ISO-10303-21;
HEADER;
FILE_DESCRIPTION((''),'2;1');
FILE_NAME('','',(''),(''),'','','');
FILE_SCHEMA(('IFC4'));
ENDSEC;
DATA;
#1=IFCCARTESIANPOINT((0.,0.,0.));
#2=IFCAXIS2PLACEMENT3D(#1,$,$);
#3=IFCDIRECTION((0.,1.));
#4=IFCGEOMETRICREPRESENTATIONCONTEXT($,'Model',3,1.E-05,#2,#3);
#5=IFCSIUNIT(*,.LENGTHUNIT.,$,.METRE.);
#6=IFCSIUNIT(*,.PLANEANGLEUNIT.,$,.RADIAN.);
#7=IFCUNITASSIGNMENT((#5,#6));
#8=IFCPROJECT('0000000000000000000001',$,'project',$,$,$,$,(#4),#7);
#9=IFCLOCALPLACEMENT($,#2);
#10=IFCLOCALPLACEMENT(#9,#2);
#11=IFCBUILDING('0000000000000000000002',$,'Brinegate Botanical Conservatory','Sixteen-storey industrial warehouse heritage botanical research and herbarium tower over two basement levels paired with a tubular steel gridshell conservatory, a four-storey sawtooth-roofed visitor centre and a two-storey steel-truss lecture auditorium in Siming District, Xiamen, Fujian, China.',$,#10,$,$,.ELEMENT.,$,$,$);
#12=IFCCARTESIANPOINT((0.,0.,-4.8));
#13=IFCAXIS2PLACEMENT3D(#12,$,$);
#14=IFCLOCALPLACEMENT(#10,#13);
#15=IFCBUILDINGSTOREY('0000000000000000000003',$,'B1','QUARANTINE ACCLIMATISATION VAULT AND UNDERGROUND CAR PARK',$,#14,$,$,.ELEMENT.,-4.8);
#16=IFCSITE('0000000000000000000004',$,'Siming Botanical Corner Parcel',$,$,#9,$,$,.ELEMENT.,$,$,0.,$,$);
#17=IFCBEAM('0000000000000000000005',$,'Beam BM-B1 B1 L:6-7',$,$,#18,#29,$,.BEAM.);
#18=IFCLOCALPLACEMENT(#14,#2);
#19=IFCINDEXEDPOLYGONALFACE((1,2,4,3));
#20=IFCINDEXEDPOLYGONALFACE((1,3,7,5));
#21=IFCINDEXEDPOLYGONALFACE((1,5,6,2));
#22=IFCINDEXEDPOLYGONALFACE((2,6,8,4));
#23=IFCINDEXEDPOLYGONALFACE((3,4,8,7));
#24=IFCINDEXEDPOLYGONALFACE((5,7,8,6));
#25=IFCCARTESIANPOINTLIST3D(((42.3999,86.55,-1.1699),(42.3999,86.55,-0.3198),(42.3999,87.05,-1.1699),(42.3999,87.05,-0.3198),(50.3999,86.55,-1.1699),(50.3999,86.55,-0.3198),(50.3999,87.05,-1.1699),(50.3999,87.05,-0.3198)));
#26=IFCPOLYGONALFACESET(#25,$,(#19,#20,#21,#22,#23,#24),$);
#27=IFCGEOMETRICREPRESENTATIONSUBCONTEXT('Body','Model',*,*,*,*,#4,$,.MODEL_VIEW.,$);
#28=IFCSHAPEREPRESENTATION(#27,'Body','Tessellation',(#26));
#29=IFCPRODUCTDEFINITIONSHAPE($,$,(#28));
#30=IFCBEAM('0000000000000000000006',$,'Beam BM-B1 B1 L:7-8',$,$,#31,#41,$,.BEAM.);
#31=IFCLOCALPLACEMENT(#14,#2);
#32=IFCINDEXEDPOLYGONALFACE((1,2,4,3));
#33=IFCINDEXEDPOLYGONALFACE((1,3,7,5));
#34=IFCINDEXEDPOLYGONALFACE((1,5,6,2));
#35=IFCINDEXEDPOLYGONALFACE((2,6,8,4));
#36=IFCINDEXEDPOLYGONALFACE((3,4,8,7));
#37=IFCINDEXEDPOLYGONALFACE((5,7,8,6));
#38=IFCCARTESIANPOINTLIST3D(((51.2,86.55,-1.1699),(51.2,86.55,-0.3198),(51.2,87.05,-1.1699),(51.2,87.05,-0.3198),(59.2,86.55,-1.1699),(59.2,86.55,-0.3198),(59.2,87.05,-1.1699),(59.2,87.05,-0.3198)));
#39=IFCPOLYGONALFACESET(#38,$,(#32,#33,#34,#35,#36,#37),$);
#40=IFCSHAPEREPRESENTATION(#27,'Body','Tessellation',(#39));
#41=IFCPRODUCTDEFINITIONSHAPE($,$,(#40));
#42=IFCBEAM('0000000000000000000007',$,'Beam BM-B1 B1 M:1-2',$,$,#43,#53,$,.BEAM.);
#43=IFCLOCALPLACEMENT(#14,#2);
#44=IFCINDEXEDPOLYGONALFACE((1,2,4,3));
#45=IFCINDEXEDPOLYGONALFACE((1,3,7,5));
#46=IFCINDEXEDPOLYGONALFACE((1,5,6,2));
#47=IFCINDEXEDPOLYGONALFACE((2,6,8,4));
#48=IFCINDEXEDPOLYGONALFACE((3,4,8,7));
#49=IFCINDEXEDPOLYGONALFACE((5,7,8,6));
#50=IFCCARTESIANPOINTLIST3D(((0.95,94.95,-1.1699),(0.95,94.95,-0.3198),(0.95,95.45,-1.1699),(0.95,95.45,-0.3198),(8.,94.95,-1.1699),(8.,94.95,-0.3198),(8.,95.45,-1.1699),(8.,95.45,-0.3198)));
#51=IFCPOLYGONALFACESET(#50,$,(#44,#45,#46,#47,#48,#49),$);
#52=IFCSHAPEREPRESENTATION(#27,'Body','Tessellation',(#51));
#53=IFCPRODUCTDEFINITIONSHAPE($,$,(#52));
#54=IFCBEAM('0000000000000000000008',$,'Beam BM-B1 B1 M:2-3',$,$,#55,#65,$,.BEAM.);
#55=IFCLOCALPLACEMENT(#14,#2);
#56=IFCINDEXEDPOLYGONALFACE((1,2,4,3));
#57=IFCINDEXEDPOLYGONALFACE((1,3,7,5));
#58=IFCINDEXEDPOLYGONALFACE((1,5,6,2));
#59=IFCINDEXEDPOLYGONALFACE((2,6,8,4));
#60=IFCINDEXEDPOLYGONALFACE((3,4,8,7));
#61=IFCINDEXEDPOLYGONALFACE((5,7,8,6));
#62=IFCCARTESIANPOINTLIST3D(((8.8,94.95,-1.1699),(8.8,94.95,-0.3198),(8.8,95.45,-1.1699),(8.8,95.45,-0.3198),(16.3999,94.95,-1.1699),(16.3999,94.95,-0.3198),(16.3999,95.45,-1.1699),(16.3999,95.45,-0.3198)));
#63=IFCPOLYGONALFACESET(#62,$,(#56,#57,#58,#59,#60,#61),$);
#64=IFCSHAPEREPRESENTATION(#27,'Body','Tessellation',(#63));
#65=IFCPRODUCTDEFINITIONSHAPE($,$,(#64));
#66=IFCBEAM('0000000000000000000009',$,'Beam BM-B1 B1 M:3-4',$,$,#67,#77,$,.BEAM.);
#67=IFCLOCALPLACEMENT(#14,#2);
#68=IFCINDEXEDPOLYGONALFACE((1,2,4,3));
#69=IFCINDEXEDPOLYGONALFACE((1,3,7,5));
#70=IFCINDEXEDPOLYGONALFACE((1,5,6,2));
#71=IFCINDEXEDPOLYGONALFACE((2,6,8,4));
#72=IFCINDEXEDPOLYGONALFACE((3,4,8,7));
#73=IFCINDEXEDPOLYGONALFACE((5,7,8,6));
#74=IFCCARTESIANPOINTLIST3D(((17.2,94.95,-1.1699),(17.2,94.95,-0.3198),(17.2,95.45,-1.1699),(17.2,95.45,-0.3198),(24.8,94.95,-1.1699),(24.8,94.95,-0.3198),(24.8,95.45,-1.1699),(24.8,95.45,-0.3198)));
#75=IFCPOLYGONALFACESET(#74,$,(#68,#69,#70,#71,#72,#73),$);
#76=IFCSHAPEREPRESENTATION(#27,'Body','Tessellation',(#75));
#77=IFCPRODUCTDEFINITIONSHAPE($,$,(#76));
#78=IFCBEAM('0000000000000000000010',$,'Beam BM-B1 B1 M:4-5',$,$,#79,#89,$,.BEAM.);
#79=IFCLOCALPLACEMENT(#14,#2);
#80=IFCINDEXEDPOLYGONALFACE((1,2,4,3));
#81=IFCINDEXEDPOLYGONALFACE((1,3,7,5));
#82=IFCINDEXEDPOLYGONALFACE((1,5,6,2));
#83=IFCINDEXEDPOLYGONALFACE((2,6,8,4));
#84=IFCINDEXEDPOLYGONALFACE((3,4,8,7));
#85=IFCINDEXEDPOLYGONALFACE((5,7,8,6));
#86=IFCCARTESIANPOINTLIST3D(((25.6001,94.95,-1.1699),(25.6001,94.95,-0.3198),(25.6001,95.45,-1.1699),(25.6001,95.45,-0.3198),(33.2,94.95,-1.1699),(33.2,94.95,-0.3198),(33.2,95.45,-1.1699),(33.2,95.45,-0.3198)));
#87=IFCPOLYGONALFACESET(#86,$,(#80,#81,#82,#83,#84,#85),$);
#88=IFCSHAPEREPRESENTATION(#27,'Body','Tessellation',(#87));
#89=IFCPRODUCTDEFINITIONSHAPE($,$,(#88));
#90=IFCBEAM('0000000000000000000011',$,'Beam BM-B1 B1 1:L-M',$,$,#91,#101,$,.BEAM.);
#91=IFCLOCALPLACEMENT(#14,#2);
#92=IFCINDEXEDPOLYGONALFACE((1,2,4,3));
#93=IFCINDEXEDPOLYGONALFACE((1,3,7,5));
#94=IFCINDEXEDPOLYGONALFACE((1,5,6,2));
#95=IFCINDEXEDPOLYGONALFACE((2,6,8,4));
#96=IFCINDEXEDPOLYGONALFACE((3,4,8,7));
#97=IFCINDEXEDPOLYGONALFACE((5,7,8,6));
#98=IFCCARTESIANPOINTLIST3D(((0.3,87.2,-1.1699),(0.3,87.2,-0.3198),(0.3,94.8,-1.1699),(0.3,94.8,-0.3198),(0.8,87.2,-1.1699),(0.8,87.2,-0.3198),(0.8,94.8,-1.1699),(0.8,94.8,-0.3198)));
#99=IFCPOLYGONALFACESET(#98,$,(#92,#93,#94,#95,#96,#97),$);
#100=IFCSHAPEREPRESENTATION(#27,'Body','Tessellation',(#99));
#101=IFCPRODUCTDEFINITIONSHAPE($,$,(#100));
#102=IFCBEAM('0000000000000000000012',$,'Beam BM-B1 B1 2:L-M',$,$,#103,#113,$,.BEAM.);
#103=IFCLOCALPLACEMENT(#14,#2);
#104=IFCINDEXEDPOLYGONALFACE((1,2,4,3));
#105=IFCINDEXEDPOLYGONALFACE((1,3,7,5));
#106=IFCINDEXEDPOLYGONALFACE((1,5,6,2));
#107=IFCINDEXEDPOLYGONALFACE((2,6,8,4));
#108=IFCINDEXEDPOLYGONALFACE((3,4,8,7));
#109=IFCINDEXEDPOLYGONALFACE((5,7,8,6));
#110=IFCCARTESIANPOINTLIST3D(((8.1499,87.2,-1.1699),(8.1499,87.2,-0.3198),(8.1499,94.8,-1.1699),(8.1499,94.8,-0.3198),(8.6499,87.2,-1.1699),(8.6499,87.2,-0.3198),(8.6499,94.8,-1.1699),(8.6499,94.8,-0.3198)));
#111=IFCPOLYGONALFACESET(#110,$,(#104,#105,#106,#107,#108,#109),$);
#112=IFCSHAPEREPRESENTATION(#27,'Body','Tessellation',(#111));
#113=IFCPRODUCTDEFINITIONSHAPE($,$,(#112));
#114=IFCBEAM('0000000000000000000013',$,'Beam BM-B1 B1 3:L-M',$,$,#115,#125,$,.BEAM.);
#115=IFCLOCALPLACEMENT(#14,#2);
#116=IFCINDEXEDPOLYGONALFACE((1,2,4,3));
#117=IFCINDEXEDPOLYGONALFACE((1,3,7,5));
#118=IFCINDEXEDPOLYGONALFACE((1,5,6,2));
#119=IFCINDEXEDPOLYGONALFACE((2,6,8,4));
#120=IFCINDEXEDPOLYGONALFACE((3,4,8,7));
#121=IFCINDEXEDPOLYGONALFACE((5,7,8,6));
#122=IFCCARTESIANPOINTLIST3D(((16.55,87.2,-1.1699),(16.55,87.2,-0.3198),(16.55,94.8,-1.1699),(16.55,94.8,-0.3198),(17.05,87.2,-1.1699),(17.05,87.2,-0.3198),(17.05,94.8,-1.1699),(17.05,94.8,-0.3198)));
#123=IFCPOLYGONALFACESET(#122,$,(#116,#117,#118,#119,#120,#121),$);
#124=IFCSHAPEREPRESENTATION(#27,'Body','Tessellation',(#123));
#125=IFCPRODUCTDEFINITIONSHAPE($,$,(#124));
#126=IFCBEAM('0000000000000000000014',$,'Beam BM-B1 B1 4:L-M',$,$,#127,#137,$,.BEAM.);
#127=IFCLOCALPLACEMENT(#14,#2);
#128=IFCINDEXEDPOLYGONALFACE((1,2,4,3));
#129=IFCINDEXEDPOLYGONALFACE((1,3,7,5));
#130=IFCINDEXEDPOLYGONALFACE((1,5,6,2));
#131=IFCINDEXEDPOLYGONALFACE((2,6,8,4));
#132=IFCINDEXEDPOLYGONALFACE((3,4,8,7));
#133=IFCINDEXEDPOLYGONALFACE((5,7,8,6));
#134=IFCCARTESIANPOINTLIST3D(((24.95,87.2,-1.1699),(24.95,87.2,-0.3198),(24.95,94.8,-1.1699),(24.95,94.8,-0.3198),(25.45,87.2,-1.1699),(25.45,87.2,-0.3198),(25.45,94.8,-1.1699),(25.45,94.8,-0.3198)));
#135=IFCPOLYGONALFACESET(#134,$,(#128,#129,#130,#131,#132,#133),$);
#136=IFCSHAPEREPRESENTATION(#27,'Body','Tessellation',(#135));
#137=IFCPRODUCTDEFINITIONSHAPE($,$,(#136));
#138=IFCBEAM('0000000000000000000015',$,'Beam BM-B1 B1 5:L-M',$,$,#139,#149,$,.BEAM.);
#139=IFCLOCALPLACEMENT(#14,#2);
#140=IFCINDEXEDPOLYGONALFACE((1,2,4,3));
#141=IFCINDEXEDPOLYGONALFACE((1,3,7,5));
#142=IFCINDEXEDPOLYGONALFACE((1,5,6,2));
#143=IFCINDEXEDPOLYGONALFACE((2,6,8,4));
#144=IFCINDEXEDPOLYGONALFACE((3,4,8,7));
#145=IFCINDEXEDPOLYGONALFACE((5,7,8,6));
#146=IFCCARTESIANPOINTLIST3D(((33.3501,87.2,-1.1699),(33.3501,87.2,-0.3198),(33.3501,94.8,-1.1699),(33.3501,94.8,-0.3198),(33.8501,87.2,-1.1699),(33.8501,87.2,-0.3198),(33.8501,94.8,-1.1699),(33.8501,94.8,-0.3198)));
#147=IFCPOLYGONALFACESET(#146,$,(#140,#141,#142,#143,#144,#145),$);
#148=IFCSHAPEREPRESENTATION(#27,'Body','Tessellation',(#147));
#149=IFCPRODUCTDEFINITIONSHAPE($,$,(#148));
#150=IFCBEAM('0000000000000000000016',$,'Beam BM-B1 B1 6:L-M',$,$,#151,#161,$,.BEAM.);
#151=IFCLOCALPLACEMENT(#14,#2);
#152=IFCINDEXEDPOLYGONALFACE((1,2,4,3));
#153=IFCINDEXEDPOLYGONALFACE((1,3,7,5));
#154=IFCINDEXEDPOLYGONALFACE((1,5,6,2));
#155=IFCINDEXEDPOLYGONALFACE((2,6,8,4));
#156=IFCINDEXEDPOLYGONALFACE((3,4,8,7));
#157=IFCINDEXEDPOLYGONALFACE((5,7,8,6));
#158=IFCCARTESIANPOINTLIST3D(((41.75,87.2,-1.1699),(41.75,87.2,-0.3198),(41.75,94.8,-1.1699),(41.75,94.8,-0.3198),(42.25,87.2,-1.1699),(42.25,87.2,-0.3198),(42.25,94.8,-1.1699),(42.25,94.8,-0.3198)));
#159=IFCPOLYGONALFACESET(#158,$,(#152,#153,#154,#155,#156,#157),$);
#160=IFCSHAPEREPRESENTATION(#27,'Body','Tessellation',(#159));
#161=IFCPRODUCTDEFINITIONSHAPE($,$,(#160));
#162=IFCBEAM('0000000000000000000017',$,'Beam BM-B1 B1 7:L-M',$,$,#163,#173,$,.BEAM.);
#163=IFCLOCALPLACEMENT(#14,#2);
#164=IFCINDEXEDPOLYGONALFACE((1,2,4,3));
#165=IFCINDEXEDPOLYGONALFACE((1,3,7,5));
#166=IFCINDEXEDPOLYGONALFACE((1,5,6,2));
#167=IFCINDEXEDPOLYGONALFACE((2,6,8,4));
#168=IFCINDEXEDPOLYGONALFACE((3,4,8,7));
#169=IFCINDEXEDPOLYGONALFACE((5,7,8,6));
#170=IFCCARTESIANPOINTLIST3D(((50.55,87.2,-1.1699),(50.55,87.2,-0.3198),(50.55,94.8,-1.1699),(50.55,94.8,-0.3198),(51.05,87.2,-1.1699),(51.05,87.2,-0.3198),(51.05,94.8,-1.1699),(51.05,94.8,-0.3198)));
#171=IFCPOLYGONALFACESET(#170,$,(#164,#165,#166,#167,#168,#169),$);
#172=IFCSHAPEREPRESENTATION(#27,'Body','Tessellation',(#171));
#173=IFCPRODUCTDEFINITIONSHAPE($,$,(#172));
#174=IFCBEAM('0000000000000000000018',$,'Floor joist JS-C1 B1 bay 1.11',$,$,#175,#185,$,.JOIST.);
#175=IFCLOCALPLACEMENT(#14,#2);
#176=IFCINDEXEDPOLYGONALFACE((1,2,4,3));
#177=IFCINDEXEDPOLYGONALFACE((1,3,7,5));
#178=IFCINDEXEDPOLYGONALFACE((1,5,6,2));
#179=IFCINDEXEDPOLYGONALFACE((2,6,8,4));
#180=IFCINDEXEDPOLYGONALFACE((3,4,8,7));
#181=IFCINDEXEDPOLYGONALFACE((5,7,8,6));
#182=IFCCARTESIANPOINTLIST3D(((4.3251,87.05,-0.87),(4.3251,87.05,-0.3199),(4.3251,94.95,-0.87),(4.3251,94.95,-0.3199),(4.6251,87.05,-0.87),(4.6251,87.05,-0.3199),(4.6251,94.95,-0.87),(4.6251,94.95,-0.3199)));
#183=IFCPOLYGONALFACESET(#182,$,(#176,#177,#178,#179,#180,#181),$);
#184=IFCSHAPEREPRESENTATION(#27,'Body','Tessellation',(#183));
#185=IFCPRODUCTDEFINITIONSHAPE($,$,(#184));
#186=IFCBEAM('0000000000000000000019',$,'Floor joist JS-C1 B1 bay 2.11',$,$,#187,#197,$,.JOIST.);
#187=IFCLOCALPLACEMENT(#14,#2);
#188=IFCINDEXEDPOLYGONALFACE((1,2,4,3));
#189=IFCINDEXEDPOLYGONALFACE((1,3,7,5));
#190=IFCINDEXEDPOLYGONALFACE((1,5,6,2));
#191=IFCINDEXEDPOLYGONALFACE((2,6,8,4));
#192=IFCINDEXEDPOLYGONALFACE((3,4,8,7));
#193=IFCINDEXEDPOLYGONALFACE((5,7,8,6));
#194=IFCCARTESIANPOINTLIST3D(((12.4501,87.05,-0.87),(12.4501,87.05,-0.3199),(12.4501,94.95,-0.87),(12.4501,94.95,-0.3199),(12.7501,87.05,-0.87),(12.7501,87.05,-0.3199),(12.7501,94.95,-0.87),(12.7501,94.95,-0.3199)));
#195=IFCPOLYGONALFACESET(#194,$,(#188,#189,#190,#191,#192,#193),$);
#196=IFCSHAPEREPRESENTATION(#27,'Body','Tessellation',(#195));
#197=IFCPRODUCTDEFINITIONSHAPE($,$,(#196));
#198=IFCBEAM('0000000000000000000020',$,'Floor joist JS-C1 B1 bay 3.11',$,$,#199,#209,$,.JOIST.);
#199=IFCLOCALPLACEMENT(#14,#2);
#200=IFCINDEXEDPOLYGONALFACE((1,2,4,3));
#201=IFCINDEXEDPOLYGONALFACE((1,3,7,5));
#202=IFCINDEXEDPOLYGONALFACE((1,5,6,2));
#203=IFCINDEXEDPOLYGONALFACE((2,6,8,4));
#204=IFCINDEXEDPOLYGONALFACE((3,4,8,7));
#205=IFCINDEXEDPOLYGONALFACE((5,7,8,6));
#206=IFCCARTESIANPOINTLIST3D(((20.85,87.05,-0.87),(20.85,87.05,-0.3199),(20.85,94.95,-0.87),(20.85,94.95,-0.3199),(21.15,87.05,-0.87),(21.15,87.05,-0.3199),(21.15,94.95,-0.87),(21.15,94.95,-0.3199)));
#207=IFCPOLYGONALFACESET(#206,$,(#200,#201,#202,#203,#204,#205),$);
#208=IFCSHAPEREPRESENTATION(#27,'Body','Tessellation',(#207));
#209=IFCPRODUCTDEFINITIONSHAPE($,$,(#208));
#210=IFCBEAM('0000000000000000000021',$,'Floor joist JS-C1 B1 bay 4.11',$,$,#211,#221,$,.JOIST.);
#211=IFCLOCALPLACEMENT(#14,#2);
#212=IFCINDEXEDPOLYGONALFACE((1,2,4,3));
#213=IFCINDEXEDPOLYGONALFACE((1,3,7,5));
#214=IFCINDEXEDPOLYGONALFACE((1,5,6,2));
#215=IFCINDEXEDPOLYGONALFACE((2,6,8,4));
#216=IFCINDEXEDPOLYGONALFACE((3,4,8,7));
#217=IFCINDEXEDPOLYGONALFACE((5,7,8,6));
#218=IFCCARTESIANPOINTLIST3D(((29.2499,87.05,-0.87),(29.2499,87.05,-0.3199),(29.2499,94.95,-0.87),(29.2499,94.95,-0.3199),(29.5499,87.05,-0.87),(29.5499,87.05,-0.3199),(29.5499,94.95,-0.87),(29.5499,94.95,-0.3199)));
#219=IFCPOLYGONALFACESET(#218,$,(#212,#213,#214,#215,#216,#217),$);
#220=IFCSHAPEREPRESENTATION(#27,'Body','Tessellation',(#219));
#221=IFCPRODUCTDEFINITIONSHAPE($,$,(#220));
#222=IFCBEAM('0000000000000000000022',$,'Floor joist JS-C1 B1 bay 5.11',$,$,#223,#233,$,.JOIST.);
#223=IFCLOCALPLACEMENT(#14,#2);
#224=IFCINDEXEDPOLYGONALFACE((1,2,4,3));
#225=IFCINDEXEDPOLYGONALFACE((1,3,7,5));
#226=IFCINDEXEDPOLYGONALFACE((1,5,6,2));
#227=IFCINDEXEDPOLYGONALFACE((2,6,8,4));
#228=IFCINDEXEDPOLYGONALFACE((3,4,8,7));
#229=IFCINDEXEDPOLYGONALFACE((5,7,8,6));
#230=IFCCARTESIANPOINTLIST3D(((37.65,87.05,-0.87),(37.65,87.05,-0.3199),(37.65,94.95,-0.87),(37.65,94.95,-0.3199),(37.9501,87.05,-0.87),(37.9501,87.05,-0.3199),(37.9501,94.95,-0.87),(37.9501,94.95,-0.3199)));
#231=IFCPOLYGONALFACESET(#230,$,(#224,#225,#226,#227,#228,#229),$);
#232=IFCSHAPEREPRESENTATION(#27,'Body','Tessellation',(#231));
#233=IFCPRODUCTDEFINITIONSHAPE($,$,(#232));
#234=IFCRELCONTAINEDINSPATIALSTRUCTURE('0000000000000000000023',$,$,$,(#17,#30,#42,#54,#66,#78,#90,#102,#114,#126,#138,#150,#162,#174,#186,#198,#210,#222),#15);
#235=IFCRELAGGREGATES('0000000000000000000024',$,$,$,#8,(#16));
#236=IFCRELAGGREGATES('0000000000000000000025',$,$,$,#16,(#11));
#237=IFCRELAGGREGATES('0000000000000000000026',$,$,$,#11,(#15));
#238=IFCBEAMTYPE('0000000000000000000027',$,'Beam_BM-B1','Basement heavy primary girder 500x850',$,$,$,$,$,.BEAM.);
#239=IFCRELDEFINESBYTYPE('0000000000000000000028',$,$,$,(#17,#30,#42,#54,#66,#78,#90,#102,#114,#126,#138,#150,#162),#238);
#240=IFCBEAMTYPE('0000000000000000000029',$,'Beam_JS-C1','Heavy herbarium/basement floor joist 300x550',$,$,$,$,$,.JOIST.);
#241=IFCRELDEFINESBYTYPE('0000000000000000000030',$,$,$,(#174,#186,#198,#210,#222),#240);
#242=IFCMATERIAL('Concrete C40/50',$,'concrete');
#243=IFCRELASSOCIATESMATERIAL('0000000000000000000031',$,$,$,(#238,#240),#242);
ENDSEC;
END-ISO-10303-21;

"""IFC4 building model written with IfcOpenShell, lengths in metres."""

from ifc_helpers import new_model, si_unit, direction, frame, origin, origin_2d, place, context, subcontext, project, spatial, rectangle, extrude, material, material_profile, profile_set, type_object, element, save


model = new_model("IFC4")

# Units and contexts
model_context = context("Model", 3, precision=1e-05, world=origin(), true_north=direction((0.0, 1.0)))
body_context = subcontext(model_context, "Body", "Model", "MODEL_VIEW")
ifc_project = project(units=[si_unit("LENGTHUNIT", "METRE"), si_unit("PLANEANGLEUNIT", "RADIAN")], contexts=[model_context])

# Site, building, storey
site_placement = place(None, origin())
site = spatial("IfcSite", under=ifc_project, at=site_placement, Name="Siming Botanical Corner Parcel", CompositionType="ELEMENT", RefElevation=0.0)
building_placement = place(site_placement, origin())
building = spatial("IfcBuilding", under=site, at=building_placement, Name="Brinegate Botanical Conservatory", Description="Sixteen-storey industrial warehouse heritage botanical research and herbarium tower over two basement levels paired with a tubular steel gridshell conservatory, a four-storey sawtooth-roofed visitor centre and a two-storey steel-truss lecture auditorium in Siming District, Xiamen, Fujian, China.", CompositionType="ELEMENT")
storey_placement = place(building_placement, frame((0.0, 0.0, -4.8)))
storey = spatial("IfcBuildingStorey", under=building, at=storey_placement, Name="B1", Description="QUARANTINE ACCLIMATISATION VAULT AND UNDERGROUND CAR PARK", CompositionType="ELEMENT", Elevation=-4.8)

# Shared definitions
ifc_material_1 = material(Name="Concrete C40/50", Category="concrete")

# Beams
ifc_material_profile_1 = material_profile(ifc_material_1, rectangle(XDim=0.5, YDim=0.8501, at=origin_2d()), Name="RC BM 500x850")
ifc_profile_set_1 = profile_set([ifc_material_profile_1], Name="Concrete C40/50")
beam_type_1 = type_object("IfcBeamType", Name="Beam_BM-B1", Description="Basement heavy primary girder 500x850", PredefinedType="BEAM", material=ifc_profile_set_1)
for number, where, z_axis, x_axis, name in (
    (1, (42.3999, 86.8, -0.7449), (1.0, 0.0, 0.0), (0.0, 1.0, 0.0), "Beam BM-B1 B1 L:6-7"),
    (2, (51.2, 86.8, -0.7449), (1.0, 0.0, 0.0), (0.0, 1.0, 0.0), "Beam BM-B1 B1 L:7-8"),
):
    element("IfcBeam", number, at=place(storey_placement, frame(where, z_axis=z_axis, x_axis=x_axis)), inside=storey, type_object=beam_type_1, Name=name, PredefinedType="BEAM", context=body_context, shape_type="SweptSolid", body=[
        extrude(rectangle(XDim=0.5, YDim=0.8501, at=origin_2d()), origin(), (0.0, 0.0, 1.0), 8.0),
    ])
beam_1_placement = place(storey_placement, frame((0.95, 95.2, -0.7449), z_axis=(1.0, 0.0, 0.0), x_axis=(0.0, 1.0, 0.0)))
element("IfcBeam", 3, at=beam_1_placement, inside=storey, type_object=beam_type_1, Name="Beam BM-B1 B1 M:1-2", PredefinedType="BEAM", context=body_context, shape_type="SweptSolid", body=[
    extrude(rectangle(XDim=0.5, YDim=0.8501, at=origin_2d()), origin(), (0.0, 0.0, 1.0), 7.05),
])
beam_2_placement = place(storey_placement, frame((8.8, 95.2, -0.7449), z_axis=(1.0, 0.0, 0.0), x_axis=(0.0, 1.0, 0.0)))
element("IfcBeam", 4, at=beam_2_placement, inside=storey, type_object=beam_type_1, Name="Beam BM-B1 B1 M:2-3", PredefinedType="BEAM", context=body_context, shape_type="SweptSolid", body=[
    extrude(rectangle(XDim=0.5, YDim=0.8501, at=origin_2d()), origin(), (0.0, 0.0, 1.0), 7.5999),
])
beam_3_placement = place(storey_placement, frame((17.2, 95.2, -0.7449), z_axis=(1.0, 0.0, 0.0), x_axis=(0.0, 1.0, 0.0)))
element("IfcBeam", 5, at=beam_3_placement, inside=storey, type_object=beam_type_1, Name="Beam BM-B1 B1 M:3-4", PredefinedType="BEAM", context=body_context, shape_type="SweptSolid", body=[
    extrude(rectangle(XDim=0.5, YDim=0.8501, at=origin_2d()), origin(), (0.0, 0.0, 1.0), 7.6001),
])
beam_4_placement = place(storey_placement, frame((25.6001, 95.2, -0.7449), z_axis=(1.0, 0.0, 0.0), x_axis=(0.0, 1.0, 0.0)))
element("IfcBeam", 6, at=beam_4_placement, inside=storey, type_object=beam_type_1, Name="Beam BM-B1 B1 M:4-5", PredefinedType="BEAM", context=body_context, shape_type="SweptSolid", body=[
    extrude(rectangle(XDim=0.5, YDim=0.8501, at=origin_2d()), origin(), (0.0, 0.0, 1.0), 7.5999),
])
for number, where, z_axis, x_axis, name in (
    (7, (0.55, 87.2, -0.7449), (0.0, 1.0, 0.0), (-1.0, 0.0, 0.0), "Beam BM-B1 B1 1:L-M"),
    (8, (8.3999, 87.2, -0.7449), (0.0, 1.0, 0.0), (-1.0, 0.0, 0.0), "Beam BM-B1 B1 2:L-M"),
    (9, (16.8, 87.2, -0.7449), (0.0, 1.0, 0.0), (-1.0, 0.0, 0.0), "Beam BM-B1 B1 3:L-M"),
    (10, (25.2, 87.2, -0.7449), (0.0, 1.0, 0.0), (-1.0, 0.0, 0.0), "Beam BM-B1 B1 4:L-M"),
    (11, (33.6001, 87.2, -0.7449), (0.0, 1.0, 0.0), (-1.0, 0.0, 0.0), "Beam BM-B1 B1 5:L-M"),
    (12, (42.0, 87.2, -0.7449), (0.0, 1.0, 0.0), (-1.0, 0.0, 0.0), "Beam BM-B1 B1 6:L-M"),
    (13, (50.8, 87.2, -0.7449), (0.0, 1.0, 0.0), (-1.0, 0.0, 0.0), "Beam BM-B1 B1 7:L-M"),
):
    element("IfcBeam", number, at=place(storey_placement, frame(where, z_axis=z_axis, x_axis=x_axis)), inside=storey, type_object=beam_type_1, Name=name, PredefinedType="BEAM", context=body_context, shape_type="SweptSolid", body=[
        extrude(rectangle(XDim=0.5, YDim=0.8501, at=origin_2d()), origin(), (0.0, 0.0, 1.0), 7.6001),
    ])
ifc_material_profile_2 = material_profile(ifc_material_1, rectangle(XDim=0.3, YDim=0.55, at=origin_2d()), Name="RC JST 300x550")
ifc_profile_set_2 = profile_set([ifc_material_profile_2], Name="Concrete C40/50")
beam_type_2 = type_object("IfcBeamType", Name="Beam_JS-C1", Description="Heavy herbarium/basement floor joist 300x550", PredefinedType="JOIST", material=ifc_profile_set_2)
for number, where, z_axis, x_axis, name in (
    (14, (4.4751, 87.05, -0.595), (0.0, 1.0, 0.0), (-1.0, 0.0, 0.0), "Floor joist JS-C1 B1 bay 1.11"),
    (15, (12.6001, 87.05, -0.595), (0.0, 1.0, 0.0), (-1.0, 0.0, 0.0), "Floor joist JS-C1 B1 bay 2.11"),
    (16, (21.0, 87.05, -0.595), (0.0, 1.0, 0.0), (-1.0, 0.0, 0.0), "Floor joist JS-C1 B1 bay 3.11"),
    (17, (29.3999, 87.05, -0.595), (0.0, 1.0, 0.0), (-1.0, 0.0, 0.0), "Floor joist JS-C1 B1 bay 4.11"),
    (18, (37.8, 87.05, -0.595), (0.0, 1.0, 0.0), (-1.0, 0.0, 0.0), "Floor joist JS-C1 B1 bay 5.11"),
):
    element("IfcBeam", number, at=place(storey_placement, frame(where, z_axis=z_axis, x_axis=x_axis)), inside=storey, type_object=beam_type_2, Name=name, PredefinedType="JOIST", context=body_context, shape_type="SweptSolid", body=[
        extrude(rectangle(XDim=0.3, YDim=0.55, at=origin_2d()), origin(), (0.0, 0.0, 1.0), 7.8999),
    ])

save(model, "model.ifc")
